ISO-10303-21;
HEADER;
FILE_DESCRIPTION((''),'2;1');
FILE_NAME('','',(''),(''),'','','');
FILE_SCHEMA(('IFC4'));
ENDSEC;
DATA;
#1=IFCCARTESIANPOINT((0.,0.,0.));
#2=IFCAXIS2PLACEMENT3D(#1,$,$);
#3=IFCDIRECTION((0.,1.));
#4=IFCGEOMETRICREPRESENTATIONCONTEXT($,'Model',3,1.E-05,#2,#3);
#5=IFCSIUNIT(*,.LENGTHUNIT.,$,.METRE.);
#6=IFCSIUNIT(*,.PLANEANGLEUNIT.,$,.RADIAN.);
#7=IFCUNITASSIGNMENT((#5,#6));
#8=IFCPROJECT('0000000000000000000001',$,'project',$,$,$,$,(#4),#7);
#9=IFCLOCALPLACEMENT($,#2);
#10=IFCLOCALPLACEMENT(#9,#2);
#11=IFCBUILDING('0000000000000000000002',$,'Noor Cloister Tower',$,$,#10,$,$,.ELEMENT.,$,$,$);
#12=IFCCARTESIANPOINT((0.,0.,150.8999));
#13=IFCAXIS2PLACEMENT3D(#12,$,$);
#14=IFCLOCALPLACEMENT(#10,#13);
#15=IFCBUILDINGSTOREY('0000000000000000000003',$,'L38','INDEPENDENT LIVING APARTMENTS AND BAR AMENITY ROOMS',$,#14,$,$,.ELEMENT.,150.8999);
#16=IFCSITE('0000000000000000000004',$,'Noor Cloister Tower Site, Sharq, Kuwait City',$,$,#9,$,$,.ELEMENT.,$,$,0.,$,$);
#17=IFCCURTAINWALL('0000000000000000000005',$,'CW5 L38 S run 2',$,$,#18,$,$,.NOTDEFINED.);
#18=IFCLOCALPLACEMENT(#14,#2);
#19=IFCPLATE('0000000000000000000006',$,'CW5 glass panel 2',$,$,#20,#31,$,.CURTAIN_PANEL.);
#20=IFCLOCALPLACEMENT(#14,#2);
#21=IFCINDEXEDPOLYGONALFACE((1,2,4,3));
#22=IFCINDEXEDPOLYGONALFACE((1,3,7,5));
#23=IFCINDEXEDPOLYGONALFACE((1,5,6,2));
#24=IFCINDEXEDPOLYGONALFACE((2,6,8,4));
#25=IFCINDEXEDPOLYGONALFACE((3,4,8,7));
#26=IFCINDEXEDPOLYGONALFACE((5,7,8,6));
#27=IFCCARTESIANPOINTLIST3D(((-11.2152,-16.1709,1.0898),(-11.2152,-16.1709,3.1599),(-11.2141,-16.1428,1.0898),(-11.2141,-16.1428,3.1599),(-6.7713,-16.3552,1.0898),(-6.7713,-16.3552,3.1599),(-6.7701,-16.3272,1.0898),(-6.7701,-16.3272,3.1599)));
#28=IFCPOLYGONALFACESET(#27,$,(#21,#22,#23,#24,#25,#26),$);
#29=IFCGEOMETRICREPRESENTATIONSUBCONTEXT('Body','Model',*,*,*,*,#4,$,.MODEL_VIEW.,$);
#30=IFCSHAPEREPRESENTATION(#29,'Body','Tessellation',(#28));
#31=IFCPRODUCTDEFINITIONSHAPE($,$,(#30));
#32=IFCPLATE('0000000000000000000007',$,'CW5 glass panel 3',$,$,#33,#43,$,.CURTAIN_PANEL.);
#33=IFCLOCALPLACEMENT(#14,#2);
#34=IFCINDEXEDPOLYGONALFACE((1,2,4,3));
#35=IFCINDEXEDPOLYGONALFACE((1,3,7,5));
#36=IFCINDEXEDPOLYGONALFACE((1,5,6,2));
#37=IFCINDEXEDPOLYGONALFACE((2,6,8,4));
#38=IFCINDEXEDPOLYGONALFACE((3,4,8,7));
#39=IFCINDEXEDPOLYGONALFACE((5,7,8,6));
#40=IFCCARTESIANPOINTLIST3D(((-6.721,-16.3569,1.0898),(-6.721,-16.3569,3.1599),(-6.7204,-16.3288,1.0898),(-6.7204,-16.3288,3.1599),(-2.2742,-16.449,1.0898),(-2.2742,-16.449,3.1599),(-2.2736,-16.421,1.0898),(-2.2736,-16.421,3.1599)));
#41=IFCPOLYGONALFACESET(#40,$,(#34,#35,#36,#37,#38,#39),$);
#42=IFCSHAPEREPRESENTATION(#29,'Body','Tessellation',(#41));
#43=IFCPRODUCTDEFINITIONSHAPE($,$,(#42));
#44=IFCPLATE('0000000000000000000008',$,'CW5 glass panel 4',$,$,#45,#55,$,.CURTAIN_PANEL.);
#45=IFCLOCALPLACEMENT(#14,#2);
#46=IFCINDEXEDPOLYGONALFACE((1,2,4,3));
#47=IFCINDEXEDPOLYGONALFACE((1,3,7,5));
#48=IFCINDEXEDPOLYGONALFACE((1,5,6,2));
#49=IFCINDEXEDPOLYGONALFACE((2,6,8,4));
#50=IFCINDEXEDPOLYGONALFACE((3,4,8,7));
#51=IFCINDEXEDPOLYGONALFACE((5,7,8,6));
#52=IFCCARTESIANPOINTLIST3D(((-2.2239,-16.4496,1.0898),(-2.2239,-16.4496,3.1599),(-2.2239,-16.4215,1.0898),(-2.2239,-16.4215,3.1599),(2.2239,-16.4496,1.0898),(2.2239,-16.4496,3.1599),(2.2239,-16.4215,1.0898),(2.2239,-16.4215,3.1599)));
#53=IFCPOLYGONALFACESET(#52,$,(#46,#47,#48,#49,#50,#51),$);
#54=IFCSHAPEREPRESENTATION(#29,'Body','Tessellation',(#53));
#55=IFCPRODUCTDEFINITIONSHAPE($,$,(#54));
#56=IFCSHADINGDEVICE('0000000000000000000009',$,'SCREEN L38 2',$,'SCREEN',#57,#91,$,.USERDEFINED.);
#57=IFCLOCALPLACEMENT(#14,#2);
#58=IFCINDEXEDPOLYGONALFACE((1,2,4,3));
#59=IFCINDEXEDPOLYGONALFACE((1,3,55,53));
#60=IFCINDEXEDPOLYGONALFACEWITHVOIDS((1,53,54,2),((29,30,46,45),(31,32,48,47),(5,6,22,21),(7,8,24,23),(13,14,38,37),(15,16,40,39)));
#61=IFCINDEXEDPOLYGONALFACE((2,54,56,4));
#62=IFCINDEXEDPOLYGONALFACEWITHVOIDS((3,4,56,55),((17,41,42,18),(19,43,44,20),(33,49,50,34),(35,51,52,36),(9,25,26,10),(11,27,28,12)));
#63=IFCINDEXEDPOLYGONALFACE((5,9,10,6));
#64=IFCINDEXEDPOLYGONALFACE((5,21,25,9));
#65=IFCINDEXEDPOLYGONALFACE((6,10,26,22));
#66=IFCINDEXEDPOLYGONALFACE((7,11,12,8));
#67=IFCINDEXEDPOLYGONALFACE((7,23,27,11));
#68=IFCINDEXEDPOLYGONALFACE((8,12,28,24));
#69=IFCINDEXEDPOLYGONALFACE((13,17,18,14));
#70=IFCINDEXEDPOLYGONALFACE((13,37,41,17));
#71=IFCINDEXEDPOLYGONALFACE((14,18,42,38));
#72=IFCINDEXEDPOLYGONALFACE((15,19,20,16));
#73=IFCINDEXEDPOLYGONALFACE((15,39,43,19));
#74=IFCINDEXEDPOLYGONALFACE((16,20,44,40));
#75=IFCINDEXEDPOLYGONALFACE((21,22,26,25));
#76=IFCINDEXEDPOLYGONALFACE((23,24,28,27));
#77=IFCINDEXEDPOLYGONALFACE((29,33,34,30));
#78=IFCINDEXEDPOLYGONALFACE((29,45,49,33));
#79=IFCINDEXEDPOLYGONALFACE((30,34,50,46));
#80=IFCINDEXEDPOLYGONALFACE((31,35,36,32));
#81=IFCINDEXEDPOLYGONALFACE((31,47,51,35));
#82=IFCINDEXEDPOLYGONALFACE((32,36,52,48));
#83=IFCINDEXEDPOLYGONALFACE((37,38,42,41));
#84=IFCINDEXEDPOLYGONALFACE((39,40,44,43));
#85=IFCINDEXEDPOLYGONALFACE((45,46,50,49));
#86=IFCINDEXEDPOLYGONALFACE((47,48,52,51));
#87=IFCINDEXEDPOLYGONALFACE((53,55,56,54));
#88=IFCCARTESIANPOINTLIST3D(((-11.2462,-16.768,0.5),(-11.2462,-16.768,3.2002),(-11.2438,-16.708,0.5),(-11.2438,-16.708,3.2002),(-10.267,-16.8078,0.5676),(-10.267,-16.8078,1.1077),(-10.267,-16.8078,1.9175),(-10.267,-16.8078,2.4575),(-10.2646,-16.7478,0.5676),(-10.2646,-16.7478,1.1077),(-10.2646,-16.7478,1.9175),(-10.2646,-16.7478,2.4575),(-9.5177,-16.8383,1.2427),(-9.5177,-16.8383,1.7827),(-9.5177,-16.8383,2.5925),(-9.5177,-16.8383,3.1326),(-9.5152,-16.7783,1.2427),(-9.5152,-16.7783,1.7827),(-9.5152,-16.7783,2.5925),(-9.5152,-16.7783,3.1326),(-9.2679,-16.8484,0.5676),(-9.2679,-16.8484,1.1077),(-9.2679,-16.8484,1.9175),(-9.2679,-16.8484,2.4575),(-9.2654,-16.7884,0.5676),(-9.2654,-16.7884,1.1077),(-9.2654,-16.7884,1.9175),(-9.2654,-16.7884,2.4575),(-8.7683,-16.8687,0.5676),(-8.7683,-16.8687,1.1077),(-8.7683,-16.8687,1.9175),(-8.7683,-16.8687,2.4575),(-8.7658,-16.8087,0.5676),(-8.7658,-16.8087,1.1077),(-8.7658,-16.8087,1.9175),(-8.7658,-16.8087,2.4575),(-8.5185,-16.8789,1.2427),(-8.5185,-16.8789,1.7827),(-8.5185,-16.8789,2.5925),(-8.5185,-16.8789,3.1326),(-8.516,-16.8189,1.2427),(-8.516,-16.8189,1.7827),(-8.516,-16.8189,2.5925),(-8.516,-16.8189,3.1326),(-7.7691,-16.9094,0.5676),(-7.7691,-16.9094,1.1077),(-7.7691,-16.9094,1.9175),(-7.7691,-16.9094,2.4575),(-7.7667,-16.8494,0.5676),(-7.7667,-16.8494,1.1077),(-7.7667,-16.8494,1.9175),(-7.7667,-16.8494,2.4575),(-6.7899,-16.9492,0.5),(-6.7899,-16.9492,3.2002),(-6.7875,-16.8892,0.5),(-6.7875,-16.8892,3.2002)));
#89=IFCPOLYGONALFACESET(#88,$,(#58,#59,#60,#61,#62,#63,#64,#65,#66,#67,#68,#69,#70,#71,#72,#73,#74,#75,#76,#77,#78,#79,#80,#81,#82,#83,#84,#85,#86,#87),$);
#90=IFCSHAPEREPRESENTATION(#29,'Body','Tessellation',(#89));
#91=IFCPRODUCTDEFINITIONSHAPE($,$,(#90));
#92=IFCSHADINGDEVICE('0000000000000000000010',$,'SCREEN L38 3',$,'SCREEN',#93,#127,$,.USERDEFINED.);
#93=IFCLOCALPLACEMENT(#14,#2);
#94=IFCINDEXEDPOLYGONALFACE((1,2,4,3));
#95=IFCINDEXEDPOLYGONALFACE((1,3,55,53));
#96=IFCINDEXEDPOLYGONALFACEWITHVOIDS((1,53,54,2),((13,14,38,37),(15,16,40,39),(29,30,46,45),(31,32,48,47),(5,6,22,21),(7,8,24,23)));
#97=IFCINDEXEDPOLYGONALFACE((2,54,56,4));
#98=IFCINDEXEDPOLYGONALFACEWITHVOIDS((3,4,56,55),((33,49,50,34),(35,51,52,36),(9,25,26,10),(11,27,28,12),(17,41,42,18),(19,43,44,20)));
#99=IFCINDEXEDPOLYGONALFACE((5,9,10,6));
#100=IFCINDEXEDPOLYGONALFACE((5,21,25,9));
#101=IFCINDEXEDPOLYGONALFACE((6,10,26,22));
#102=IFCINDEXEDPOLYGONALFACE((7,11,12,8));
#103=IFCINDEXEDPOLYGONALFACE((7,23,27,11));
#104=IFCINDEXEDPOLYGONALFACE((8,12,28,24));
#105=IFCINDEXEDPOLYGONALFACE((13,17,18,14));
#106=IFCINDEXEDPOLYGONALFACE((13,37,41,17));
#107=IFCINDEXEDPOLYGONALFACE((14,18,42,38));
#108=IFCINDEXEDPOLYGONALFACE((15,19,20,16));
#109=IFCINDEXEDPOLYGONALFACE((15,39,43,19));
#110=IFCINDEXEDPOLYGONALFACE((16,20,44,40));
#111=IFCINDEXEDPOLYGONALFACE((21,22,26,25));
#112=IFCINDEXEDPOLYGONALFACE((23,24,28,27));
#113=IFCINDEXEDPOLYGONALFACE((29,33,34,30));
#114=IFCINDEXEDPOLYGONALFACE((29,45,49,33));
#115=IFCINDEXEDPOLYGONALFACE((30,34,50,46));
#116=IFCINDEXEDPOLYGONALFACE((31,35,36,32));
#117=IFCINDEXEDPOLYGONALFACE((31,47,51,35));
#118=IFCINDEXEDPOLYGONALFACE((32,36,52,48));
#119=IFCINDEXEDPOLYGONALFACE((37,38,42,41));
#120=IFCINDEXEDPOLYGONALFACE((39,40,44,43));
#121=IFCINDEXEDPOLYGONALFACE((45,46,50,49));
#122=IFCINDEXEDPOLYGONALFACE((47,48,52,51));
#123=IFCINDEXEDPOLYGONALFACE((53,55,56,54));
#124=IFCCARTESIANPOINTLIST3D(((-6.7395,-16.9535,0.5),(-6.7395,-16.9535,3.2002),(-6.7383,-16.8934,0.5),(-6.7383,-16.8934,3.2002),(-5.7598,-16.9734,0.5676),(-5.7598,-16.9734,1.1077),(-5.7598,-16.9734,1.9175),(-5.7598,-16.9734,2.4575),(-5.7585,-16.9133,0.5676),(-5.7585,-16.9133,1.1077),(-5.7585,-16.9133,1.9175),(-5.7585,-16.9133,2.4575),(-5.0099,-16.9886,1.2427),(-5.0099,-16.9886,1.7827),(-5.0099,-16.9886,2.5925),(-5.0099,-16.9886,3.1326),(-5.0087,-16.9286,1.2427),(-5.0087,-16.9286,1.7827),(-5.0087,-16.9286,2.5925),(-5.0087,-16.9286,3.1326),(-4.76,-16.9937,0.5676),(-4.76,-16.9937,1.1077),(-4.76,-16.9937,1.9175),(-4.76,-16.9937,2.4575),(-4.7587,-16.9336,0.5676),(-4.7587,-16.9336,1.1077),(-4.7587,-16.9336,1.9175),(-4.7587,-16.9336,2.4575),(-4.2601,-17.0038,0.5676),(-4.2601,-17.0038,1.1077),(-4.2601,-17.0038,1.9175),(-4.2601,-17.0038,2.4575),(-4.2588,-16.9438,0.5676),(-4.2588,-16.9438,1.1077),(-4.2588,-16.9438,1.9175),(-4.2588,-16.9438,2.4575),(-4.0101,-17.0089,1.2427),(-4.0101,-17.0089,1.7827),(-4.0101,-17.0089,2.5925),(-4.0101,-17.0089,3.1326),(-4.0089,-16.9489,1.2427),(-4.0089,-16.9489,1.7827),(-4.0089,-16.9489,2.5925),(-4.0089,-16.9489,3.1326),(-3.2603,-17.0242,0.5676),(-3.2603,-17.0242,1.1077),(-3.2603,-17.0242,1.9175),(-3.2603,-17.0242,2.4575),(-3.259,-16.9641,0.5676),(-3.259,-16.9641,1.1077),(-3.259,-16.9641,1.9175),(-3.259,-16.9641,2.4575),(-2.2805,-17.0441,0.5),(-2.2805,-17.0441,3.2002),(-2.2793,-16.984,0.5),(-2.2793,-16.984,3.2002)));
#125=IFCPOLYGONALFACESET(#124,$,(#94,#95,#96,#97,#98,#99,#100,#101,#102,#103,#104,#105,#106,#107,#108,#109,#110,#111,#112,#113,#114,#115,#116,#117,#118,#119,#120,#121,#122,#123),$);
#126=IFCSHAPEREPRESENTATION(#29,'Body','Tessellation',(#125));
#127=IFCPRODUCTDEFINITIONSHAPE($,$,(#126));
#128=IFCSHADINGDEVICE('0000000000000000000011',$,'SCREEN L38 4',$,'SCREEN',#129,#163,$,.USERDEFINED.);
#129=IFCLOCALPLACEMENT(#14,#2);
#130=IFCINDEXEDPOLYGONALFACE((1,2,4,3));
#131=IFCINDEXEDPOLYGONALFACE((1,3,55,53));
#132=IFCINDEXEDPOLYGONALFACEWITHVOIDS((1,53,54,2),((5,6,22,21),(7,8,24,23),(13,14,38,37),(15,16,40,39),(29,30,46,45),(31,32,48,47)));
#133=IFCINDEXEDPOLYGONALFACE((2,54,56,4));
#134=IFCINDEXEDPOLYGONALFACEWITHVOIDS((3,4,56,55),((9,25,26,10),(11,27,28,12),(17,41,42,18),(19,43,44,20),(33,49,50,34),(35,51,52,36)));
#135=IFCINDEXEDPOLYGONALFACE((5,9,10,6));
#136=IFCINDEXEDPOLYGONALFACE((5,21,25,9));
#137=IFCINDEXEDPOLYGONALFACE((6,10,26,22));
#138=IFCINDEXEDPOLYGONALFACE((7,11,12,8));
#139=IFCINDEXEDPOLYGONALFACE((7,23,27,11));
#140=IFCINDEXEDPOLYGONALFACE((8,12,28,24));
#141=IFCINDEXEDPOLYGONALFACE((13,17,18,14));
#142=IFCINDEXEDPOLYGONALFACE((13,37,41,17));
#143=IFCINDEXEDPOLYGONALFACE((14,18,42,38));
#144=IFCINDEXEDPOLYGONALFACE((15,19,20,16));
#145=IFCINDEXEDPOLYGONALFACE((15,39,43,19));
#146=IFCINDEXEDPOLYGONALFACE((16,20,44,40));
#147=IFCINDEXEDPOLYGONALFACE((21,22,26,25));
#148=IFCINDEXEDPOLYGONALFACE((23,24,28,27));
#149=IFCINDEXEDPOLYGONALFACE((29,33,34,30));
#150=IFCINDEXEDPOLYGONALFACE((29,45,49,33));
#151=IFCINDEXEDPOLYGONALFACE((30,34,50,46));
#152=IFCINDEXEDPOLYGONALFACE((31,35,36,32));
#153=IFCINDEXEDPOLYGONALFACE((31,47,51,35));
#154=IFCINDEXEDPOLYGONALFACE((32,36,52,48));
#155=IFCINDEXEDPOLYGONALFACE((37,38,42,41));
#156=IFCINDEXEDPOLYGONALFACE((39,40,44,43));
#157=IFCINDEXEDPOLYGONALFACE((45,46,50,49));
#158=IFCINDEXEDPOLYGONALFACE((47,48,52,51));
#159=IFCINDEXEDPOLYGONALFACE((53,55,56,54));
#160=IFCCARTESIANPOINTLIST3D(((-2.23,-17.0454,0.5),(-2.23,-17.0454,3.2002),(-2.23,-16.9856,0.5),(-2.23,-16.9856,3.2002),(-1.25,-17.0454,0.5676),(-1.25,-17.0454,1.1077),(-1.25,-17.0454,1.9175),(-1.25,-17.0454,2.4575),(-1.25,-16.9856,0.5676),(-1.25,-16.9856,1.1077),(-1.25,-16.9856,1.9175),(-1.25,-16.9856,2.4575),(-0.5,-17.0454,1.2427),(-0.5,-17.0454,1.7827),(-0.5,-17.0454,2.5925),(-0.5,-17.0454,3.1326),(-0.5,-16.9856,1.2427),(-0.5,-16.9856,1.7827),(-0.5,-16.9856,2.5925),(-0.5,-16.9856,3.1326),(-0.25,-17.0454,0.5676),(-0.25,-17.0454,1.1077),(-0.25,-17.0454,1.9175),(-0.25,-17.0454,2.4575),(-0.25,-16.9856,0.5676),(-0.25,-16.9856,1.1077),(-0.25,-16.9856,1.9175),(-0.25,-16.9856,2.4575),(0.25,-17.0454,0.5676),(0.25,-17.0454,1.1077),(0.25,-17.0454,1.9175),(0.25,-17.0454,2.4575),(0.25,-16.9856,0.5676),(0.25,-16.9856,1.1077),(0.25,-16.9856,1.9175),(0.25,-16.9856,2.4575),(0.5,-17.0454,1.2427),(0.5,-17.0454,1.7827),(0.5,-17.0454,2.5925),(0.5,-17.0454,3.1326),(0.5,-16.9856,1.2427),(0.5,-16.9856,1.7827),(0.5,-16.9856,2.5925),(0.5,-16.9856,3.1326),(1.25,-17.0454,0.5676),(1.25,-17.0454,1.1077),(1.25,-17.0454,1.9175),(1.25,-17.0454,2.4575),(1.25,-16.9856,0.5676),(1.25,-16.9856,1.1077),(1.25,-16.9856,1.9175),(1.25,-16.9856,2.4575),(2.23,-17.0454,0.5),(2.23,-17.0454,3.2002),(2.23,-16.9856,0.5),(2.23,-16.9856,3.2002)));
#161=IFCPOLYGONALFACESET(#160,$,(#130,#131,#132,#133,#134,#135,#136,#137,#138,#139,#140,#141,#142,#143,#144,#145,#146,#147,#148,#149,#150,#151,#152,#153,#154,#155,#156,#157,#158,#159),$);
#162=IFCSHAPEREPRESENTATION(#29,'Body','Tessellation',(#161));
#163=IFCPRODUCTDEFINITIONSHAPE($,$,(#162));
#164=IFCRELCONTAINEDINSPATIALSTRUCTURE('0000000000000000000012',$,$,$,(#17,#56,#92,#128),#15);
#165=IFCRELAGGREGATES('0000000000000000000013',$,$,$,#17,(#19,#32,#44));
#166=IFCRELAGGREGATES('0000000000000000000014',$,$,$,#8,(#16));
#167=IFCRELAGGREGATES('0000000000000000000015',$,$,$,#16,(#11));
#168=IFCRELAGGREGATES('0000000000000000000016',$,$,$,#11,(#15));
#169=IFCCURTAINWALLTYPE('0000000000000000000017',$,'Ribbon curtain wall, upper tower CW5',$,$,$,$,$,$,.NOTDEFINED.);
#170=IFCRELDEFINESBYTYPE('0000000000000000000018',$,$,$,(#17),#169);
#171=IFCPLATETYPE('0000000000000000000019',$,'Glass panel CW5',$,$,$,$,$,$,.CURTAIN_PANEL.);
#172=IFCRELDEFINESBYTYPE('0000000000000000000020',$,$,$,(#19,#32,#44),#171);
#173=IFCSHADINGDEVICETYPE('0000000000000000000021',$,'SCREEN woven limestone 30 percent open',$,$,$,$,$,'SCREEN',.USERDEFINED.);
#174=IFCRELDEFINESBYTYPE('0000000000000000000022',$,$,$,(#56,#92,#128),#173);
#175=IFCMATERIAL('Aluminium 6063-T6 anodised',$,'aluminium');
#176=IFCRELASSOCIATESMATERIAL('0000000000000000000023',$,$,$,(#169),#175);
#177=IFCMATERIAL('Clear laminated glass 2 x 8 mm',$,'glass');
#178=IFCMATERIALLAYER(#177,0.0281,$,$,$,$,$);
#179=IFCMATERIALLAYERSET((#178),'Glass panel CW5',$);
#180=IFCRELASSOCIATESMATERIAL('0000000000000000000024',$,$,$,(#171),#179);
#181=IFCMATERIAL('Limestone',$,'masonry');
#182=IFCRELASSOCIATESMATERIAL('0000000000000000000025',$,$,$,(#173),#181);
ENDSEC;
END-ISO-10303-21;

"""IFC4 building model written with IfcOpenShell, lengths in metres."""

from ifc_helpers import new_model, si_unit, direction, frame, origin, origin_2d, place, context, subcontext, project, spatial, polyline, rectangle, outline, extrude, material, layer, layer_set, material_profile, profile_set, type_object, element, aggregate, save


model = new_model("IFC4")

# Units and contexts
model_context = context("Model", 3, precision=1e-05, world=origin(), true_north=direction((0.0, 1.0)))
body_context = subcontext(model_context, "Body", "Model", "MODEL_VIEW")
ifc_project = project(units=[si_unit("LENGTHUNIT", "METRE"), si_unit("PLANEANGLEUNIT", "RADIAN")], contexts=[model_context])

# Site, building, storey
site_placement = place(None, origin())
site = spatial("IfcSite", under=ifc_project, at=site_placement, Name="Noor Cloister Tower Site, Sharq, Kuwait City", CompositionType="ELEMENT", RefElevation=0.0)
building_placement = place(site_placement, origin())
building = spatial("IfcBuilding", under=site, at=building_placement, Name="Noor Cloister Tower", CompositionType="ELEMENT")
storey_placement = place(building_placement, frame((0.0, 0.0, 150.8999)))
storey = spatial("IfcBuildingStorey", under=building, at=storey_placement, Name="L38", Description="INDEPENDENT LIVING APARTMENTS AND BAR AMENITY ROOMS", CompositionType="ELEMENT", Elevation=150.8999)

# Curtain wall
ifc_material_1 = material(Name="Aluminium 6063-T6 anodised", Category="aluminium")
curtain_wall_type = type_object("IfcCurtainWallType", Name="Ribbon curtain wall, upper tower CW5", PredefinedType="NOTDEFINED", material=ifc_material_1)
curtain_wall_placement = place(storey_placement, origin())
curtain_wall = element("IfcCurtainWall", 1, at=curtain_wall_placement, inside=storey, type_object=curtain_wall_type, Name="CW5 L38 S run 2", PredefinedType="NOTDEFINED")

# Plates
ifc_material_2 = material(Name="Clear laminated glass 2 x 8 mm", Category="glass")
ifc_layer = layer(ifc_material_2, 0.0281)
ifc_layer_set = layer_set([ifc_layer], Name="Glass panel CW5")
plate_type = type_object("IfcPlateType", Name="Glass panel CW5", PredefinedType="CURTAIN_PANEL", material=ifc_layer_set)
plate_1_placement = place(storey_placement, frame((-8.9927, -16.249, 1.0898), z_axis=(0.0, 0.0, 1.0), x_axis=(0.999141, -0.041446, 0.0)))
plate_1 = element("IfcPlate", 2, at=plate_1_placement, type_object=plate_type, Name="CW5 glass panel 2", PredefinedType="CURTAIN_PANEL", context=body_context, shape_type="SweptSolid", body=[
    extrude(rectangle(XDim=4.4478, YDim=0.0281, at=origin_2d()), origin(), (0.0, 0.0, 1.0), 2.0701),
])
plate_2_placement = place(storey_placement, frame((-4.4973, -16.3889, 1.0898), z_axis=(0.0, 0.0, 1.0), x_axis=(0.999785, -0.020727, 0.0)))
plate_2 = element("IfcPlate", 3, at=plate_2_placement, type_object=plate_type, Name="CW5 glass panel 3", PredefinedType="CURTAIN_PANEL", context=body_context, shape_type="SweptSolid", body=[
    extrude(rectangle(XDim=4.4478, YDim=0.0281, at=origin_2d()), origin(), (0.0, 0.0, 1.0), 2.0701),
])
plate_3_placement = place(storey_placement, frame((0.0, -16.4355, 1.0898), z_axis=(0.0, 0.0, 1.0), x_axis=(1.0, 0.0, 0.0)))
plate_3 = element("IfcPlate", 4, at=plate_3_placement, type_object=plate_type, Name="CW5 glass panel 4", PredefinedType="CURTAIN_PANEL", context=body_context, shape_type="SweptSolid", body=[
    extrude(rectangle(XDim=4.4478, YDim=0.0281, at=origin_2d()), origin(), (0.0, 0.0, 1.0), 2.0701),
])
aggregate(curtain_wall, [plate_1, plate_2, plate_3])

# Shading devices
ifc_material_3 = material(Name="Limestone", Category="masonry")
ifc_material_profile_1 = material_profile(ifc_material_3, outline(polyline([(-2.23, -1.3501), (2.23, -1.3501), (2.23, 1.3501), (-2.23, 1.3501), (-2.23, -1.3501)]), holes=[polyline([(-1.25, -1.2825), (-0.25, -1.2825), (-0.25, -0.7424), (-1.25, -0.7424), (-1.25, -1.2825)]), polyline([(0.25, -1.2825), (1.25, -1.2825), (1.25, -0.7424), (0.25, -0.7424), (0.25, -1.2825)]), polyline([(-0.5, -0.6074), (0.5, -0.6074), (0.5, -0.0674), (-0.5, -0.0674), (-0.5, -0.6074)]), polyline([(-1.25, 0.0674), (-0.25, 0.0674), (-0.25, 0.6074), (-1.25, 0.6074), (-1.25, 0.0674)]), polyline([(0.25, 0.0674), (1.25, 0.0674), (1.25, 0.6074), (0.25, 0.6074), (0.25, 0.0674)]), polyline([(-0.5, 0.7424), (0.5, 0.7424), (0.5, 1.2825), (-0.5, 1.2825), (-0.5, 0.7424)])]), Name="Woven screen 30 percent open")
ifc_profile_set_1 = profile_set([ifc_material_profile_1], Name="Limestone")
shading_device_type = type_object("IfcShadingDeviceType", Name="SCREEN woven limestone 30 percent open", ElementType="SCREEN", PredefinedType="USERDEFINED", material=ifc_profile_set_1)
for number, where, z_axis, x_axis, name in (
    (5, (-9.0156, -16.7986, 1.8501), (-0.040617, -0.999175, 0.0), (0.999175, -0.040617, 0.0), "SCREEN L38 2"),
    (6, (-4.5088, -16.9387, 1.8501), (-0.020321, -0.999794, 0.0), (0.999794, -0.020321, 0.0), "SCREEN L38 3"),
):
    element("IfcShadingDevice", number, at=place(storey_placement, frame(where, z_axis=z_axis, x_axis=x_axis)), inside=storey, type_object=shading_device_type, Name=name, ObjectType="SCREEN", PredefinedType="USERDEFINED", context=body_context, shape_type="SweptSolid", body=[
        extrude(outline(polyline([(-2.23, -1.3501), (2.23, -1.3501), (2.23, 1.3501), (-2.23, 1.3501), (-2.23, -1.3501)]), holes=[polyline([(-1.25, -1.2825), (-0.25, -1.2825), (-0.25, -0.7424), (-1.25, -0.7424), (-1.25, -1.2825)]), polyline([(0.25, -1.2825), (1.25, -1.2825), (1.25, -0.7424), (0.25, -0.7424), (0.25, -1.2825)]), polyline([(-0.5, -0.6074), (0.5, -0.6074), (0.5, -0.0674), (-0.5, -0.0674), (-0.5, -0.6074)]), polyline([(-1.25, 0.0674), (-0.25, 0.0674), (-0.25, 0.6074), (-1.25, 0.6074), (-1.25, 0.0674)]), polyline([(0.25, 0.0674), (1.25, 0.0674), (1.25, 0.6074), (0.25, 0.6074), (0.25, 0.0674)]), polyline([(-0.5, 0.7424), (0.5, 0.7424), (0.5, 1.2825), (-0.5, 1.2825), (-0.5, 0.7424)])]), origin(), (0.0, 0.0, 1.0), 0.0601),
    ])
shading_device_placement = place(storey_placement, frame((0.0, -16.9856, 1.8501), z_axis=(0.0, -1.0, 0.0), x_axis=(1.0, 0.0, 0.0)))
element("IfcShadingDevice", 7, at=shading_device_placement, inside=storey, type_object=shading_device_type, Name="SCREEN L38 4", ObjectType="SCREEN", PredefinedType="USERDEFINED", context=body_context, shape_type="SweptSolid", body=[
    extrude(outline(polyline([(-2.23, -1.3501), (2.23, -1.3501), (2.23, 1.3501), (-2.23, 1.3501), (-2.23, -1.3501)]), holes=[polyline([(-1.25, -1.2825), (-0.25, -1.2825), (-0.25, -0.7424), (-1.25, -0.7424), (-1.25, -1.2825)]), polyline([(0.25, -1.2825), (1.25, -1.2825), (1.25, -0.7424), (0.25, -0.7424), (0.25, -1.2825)]), polyline([(-0.5, -0.6074), (0.5, -0.6074), (0.5, -0.0674), (-0.5, -0.0674), (-0.5, -0.6074)]), polyline([(-1.25, 0.0674), (-0.25, 0.0674), (-0.25, 0.6074), (-1.25, 0.6074), (-1.25, 0.0674)]), polyline([(0.25, 0.0674), (1.25, 0.0674), (1.25, 0.6074), (0.25, 0.6074), (0.25, 0.0674)]), polyline([(-0.5, 0.7424), (0.5, 0.7424), (0.5, 1.2825), (-0.5, 1.2825), (-0.5, 0.7424)])]), origin(), (0.0, 0.0, 1.0), 0.0598),
])

save(model, "model.ifc")
